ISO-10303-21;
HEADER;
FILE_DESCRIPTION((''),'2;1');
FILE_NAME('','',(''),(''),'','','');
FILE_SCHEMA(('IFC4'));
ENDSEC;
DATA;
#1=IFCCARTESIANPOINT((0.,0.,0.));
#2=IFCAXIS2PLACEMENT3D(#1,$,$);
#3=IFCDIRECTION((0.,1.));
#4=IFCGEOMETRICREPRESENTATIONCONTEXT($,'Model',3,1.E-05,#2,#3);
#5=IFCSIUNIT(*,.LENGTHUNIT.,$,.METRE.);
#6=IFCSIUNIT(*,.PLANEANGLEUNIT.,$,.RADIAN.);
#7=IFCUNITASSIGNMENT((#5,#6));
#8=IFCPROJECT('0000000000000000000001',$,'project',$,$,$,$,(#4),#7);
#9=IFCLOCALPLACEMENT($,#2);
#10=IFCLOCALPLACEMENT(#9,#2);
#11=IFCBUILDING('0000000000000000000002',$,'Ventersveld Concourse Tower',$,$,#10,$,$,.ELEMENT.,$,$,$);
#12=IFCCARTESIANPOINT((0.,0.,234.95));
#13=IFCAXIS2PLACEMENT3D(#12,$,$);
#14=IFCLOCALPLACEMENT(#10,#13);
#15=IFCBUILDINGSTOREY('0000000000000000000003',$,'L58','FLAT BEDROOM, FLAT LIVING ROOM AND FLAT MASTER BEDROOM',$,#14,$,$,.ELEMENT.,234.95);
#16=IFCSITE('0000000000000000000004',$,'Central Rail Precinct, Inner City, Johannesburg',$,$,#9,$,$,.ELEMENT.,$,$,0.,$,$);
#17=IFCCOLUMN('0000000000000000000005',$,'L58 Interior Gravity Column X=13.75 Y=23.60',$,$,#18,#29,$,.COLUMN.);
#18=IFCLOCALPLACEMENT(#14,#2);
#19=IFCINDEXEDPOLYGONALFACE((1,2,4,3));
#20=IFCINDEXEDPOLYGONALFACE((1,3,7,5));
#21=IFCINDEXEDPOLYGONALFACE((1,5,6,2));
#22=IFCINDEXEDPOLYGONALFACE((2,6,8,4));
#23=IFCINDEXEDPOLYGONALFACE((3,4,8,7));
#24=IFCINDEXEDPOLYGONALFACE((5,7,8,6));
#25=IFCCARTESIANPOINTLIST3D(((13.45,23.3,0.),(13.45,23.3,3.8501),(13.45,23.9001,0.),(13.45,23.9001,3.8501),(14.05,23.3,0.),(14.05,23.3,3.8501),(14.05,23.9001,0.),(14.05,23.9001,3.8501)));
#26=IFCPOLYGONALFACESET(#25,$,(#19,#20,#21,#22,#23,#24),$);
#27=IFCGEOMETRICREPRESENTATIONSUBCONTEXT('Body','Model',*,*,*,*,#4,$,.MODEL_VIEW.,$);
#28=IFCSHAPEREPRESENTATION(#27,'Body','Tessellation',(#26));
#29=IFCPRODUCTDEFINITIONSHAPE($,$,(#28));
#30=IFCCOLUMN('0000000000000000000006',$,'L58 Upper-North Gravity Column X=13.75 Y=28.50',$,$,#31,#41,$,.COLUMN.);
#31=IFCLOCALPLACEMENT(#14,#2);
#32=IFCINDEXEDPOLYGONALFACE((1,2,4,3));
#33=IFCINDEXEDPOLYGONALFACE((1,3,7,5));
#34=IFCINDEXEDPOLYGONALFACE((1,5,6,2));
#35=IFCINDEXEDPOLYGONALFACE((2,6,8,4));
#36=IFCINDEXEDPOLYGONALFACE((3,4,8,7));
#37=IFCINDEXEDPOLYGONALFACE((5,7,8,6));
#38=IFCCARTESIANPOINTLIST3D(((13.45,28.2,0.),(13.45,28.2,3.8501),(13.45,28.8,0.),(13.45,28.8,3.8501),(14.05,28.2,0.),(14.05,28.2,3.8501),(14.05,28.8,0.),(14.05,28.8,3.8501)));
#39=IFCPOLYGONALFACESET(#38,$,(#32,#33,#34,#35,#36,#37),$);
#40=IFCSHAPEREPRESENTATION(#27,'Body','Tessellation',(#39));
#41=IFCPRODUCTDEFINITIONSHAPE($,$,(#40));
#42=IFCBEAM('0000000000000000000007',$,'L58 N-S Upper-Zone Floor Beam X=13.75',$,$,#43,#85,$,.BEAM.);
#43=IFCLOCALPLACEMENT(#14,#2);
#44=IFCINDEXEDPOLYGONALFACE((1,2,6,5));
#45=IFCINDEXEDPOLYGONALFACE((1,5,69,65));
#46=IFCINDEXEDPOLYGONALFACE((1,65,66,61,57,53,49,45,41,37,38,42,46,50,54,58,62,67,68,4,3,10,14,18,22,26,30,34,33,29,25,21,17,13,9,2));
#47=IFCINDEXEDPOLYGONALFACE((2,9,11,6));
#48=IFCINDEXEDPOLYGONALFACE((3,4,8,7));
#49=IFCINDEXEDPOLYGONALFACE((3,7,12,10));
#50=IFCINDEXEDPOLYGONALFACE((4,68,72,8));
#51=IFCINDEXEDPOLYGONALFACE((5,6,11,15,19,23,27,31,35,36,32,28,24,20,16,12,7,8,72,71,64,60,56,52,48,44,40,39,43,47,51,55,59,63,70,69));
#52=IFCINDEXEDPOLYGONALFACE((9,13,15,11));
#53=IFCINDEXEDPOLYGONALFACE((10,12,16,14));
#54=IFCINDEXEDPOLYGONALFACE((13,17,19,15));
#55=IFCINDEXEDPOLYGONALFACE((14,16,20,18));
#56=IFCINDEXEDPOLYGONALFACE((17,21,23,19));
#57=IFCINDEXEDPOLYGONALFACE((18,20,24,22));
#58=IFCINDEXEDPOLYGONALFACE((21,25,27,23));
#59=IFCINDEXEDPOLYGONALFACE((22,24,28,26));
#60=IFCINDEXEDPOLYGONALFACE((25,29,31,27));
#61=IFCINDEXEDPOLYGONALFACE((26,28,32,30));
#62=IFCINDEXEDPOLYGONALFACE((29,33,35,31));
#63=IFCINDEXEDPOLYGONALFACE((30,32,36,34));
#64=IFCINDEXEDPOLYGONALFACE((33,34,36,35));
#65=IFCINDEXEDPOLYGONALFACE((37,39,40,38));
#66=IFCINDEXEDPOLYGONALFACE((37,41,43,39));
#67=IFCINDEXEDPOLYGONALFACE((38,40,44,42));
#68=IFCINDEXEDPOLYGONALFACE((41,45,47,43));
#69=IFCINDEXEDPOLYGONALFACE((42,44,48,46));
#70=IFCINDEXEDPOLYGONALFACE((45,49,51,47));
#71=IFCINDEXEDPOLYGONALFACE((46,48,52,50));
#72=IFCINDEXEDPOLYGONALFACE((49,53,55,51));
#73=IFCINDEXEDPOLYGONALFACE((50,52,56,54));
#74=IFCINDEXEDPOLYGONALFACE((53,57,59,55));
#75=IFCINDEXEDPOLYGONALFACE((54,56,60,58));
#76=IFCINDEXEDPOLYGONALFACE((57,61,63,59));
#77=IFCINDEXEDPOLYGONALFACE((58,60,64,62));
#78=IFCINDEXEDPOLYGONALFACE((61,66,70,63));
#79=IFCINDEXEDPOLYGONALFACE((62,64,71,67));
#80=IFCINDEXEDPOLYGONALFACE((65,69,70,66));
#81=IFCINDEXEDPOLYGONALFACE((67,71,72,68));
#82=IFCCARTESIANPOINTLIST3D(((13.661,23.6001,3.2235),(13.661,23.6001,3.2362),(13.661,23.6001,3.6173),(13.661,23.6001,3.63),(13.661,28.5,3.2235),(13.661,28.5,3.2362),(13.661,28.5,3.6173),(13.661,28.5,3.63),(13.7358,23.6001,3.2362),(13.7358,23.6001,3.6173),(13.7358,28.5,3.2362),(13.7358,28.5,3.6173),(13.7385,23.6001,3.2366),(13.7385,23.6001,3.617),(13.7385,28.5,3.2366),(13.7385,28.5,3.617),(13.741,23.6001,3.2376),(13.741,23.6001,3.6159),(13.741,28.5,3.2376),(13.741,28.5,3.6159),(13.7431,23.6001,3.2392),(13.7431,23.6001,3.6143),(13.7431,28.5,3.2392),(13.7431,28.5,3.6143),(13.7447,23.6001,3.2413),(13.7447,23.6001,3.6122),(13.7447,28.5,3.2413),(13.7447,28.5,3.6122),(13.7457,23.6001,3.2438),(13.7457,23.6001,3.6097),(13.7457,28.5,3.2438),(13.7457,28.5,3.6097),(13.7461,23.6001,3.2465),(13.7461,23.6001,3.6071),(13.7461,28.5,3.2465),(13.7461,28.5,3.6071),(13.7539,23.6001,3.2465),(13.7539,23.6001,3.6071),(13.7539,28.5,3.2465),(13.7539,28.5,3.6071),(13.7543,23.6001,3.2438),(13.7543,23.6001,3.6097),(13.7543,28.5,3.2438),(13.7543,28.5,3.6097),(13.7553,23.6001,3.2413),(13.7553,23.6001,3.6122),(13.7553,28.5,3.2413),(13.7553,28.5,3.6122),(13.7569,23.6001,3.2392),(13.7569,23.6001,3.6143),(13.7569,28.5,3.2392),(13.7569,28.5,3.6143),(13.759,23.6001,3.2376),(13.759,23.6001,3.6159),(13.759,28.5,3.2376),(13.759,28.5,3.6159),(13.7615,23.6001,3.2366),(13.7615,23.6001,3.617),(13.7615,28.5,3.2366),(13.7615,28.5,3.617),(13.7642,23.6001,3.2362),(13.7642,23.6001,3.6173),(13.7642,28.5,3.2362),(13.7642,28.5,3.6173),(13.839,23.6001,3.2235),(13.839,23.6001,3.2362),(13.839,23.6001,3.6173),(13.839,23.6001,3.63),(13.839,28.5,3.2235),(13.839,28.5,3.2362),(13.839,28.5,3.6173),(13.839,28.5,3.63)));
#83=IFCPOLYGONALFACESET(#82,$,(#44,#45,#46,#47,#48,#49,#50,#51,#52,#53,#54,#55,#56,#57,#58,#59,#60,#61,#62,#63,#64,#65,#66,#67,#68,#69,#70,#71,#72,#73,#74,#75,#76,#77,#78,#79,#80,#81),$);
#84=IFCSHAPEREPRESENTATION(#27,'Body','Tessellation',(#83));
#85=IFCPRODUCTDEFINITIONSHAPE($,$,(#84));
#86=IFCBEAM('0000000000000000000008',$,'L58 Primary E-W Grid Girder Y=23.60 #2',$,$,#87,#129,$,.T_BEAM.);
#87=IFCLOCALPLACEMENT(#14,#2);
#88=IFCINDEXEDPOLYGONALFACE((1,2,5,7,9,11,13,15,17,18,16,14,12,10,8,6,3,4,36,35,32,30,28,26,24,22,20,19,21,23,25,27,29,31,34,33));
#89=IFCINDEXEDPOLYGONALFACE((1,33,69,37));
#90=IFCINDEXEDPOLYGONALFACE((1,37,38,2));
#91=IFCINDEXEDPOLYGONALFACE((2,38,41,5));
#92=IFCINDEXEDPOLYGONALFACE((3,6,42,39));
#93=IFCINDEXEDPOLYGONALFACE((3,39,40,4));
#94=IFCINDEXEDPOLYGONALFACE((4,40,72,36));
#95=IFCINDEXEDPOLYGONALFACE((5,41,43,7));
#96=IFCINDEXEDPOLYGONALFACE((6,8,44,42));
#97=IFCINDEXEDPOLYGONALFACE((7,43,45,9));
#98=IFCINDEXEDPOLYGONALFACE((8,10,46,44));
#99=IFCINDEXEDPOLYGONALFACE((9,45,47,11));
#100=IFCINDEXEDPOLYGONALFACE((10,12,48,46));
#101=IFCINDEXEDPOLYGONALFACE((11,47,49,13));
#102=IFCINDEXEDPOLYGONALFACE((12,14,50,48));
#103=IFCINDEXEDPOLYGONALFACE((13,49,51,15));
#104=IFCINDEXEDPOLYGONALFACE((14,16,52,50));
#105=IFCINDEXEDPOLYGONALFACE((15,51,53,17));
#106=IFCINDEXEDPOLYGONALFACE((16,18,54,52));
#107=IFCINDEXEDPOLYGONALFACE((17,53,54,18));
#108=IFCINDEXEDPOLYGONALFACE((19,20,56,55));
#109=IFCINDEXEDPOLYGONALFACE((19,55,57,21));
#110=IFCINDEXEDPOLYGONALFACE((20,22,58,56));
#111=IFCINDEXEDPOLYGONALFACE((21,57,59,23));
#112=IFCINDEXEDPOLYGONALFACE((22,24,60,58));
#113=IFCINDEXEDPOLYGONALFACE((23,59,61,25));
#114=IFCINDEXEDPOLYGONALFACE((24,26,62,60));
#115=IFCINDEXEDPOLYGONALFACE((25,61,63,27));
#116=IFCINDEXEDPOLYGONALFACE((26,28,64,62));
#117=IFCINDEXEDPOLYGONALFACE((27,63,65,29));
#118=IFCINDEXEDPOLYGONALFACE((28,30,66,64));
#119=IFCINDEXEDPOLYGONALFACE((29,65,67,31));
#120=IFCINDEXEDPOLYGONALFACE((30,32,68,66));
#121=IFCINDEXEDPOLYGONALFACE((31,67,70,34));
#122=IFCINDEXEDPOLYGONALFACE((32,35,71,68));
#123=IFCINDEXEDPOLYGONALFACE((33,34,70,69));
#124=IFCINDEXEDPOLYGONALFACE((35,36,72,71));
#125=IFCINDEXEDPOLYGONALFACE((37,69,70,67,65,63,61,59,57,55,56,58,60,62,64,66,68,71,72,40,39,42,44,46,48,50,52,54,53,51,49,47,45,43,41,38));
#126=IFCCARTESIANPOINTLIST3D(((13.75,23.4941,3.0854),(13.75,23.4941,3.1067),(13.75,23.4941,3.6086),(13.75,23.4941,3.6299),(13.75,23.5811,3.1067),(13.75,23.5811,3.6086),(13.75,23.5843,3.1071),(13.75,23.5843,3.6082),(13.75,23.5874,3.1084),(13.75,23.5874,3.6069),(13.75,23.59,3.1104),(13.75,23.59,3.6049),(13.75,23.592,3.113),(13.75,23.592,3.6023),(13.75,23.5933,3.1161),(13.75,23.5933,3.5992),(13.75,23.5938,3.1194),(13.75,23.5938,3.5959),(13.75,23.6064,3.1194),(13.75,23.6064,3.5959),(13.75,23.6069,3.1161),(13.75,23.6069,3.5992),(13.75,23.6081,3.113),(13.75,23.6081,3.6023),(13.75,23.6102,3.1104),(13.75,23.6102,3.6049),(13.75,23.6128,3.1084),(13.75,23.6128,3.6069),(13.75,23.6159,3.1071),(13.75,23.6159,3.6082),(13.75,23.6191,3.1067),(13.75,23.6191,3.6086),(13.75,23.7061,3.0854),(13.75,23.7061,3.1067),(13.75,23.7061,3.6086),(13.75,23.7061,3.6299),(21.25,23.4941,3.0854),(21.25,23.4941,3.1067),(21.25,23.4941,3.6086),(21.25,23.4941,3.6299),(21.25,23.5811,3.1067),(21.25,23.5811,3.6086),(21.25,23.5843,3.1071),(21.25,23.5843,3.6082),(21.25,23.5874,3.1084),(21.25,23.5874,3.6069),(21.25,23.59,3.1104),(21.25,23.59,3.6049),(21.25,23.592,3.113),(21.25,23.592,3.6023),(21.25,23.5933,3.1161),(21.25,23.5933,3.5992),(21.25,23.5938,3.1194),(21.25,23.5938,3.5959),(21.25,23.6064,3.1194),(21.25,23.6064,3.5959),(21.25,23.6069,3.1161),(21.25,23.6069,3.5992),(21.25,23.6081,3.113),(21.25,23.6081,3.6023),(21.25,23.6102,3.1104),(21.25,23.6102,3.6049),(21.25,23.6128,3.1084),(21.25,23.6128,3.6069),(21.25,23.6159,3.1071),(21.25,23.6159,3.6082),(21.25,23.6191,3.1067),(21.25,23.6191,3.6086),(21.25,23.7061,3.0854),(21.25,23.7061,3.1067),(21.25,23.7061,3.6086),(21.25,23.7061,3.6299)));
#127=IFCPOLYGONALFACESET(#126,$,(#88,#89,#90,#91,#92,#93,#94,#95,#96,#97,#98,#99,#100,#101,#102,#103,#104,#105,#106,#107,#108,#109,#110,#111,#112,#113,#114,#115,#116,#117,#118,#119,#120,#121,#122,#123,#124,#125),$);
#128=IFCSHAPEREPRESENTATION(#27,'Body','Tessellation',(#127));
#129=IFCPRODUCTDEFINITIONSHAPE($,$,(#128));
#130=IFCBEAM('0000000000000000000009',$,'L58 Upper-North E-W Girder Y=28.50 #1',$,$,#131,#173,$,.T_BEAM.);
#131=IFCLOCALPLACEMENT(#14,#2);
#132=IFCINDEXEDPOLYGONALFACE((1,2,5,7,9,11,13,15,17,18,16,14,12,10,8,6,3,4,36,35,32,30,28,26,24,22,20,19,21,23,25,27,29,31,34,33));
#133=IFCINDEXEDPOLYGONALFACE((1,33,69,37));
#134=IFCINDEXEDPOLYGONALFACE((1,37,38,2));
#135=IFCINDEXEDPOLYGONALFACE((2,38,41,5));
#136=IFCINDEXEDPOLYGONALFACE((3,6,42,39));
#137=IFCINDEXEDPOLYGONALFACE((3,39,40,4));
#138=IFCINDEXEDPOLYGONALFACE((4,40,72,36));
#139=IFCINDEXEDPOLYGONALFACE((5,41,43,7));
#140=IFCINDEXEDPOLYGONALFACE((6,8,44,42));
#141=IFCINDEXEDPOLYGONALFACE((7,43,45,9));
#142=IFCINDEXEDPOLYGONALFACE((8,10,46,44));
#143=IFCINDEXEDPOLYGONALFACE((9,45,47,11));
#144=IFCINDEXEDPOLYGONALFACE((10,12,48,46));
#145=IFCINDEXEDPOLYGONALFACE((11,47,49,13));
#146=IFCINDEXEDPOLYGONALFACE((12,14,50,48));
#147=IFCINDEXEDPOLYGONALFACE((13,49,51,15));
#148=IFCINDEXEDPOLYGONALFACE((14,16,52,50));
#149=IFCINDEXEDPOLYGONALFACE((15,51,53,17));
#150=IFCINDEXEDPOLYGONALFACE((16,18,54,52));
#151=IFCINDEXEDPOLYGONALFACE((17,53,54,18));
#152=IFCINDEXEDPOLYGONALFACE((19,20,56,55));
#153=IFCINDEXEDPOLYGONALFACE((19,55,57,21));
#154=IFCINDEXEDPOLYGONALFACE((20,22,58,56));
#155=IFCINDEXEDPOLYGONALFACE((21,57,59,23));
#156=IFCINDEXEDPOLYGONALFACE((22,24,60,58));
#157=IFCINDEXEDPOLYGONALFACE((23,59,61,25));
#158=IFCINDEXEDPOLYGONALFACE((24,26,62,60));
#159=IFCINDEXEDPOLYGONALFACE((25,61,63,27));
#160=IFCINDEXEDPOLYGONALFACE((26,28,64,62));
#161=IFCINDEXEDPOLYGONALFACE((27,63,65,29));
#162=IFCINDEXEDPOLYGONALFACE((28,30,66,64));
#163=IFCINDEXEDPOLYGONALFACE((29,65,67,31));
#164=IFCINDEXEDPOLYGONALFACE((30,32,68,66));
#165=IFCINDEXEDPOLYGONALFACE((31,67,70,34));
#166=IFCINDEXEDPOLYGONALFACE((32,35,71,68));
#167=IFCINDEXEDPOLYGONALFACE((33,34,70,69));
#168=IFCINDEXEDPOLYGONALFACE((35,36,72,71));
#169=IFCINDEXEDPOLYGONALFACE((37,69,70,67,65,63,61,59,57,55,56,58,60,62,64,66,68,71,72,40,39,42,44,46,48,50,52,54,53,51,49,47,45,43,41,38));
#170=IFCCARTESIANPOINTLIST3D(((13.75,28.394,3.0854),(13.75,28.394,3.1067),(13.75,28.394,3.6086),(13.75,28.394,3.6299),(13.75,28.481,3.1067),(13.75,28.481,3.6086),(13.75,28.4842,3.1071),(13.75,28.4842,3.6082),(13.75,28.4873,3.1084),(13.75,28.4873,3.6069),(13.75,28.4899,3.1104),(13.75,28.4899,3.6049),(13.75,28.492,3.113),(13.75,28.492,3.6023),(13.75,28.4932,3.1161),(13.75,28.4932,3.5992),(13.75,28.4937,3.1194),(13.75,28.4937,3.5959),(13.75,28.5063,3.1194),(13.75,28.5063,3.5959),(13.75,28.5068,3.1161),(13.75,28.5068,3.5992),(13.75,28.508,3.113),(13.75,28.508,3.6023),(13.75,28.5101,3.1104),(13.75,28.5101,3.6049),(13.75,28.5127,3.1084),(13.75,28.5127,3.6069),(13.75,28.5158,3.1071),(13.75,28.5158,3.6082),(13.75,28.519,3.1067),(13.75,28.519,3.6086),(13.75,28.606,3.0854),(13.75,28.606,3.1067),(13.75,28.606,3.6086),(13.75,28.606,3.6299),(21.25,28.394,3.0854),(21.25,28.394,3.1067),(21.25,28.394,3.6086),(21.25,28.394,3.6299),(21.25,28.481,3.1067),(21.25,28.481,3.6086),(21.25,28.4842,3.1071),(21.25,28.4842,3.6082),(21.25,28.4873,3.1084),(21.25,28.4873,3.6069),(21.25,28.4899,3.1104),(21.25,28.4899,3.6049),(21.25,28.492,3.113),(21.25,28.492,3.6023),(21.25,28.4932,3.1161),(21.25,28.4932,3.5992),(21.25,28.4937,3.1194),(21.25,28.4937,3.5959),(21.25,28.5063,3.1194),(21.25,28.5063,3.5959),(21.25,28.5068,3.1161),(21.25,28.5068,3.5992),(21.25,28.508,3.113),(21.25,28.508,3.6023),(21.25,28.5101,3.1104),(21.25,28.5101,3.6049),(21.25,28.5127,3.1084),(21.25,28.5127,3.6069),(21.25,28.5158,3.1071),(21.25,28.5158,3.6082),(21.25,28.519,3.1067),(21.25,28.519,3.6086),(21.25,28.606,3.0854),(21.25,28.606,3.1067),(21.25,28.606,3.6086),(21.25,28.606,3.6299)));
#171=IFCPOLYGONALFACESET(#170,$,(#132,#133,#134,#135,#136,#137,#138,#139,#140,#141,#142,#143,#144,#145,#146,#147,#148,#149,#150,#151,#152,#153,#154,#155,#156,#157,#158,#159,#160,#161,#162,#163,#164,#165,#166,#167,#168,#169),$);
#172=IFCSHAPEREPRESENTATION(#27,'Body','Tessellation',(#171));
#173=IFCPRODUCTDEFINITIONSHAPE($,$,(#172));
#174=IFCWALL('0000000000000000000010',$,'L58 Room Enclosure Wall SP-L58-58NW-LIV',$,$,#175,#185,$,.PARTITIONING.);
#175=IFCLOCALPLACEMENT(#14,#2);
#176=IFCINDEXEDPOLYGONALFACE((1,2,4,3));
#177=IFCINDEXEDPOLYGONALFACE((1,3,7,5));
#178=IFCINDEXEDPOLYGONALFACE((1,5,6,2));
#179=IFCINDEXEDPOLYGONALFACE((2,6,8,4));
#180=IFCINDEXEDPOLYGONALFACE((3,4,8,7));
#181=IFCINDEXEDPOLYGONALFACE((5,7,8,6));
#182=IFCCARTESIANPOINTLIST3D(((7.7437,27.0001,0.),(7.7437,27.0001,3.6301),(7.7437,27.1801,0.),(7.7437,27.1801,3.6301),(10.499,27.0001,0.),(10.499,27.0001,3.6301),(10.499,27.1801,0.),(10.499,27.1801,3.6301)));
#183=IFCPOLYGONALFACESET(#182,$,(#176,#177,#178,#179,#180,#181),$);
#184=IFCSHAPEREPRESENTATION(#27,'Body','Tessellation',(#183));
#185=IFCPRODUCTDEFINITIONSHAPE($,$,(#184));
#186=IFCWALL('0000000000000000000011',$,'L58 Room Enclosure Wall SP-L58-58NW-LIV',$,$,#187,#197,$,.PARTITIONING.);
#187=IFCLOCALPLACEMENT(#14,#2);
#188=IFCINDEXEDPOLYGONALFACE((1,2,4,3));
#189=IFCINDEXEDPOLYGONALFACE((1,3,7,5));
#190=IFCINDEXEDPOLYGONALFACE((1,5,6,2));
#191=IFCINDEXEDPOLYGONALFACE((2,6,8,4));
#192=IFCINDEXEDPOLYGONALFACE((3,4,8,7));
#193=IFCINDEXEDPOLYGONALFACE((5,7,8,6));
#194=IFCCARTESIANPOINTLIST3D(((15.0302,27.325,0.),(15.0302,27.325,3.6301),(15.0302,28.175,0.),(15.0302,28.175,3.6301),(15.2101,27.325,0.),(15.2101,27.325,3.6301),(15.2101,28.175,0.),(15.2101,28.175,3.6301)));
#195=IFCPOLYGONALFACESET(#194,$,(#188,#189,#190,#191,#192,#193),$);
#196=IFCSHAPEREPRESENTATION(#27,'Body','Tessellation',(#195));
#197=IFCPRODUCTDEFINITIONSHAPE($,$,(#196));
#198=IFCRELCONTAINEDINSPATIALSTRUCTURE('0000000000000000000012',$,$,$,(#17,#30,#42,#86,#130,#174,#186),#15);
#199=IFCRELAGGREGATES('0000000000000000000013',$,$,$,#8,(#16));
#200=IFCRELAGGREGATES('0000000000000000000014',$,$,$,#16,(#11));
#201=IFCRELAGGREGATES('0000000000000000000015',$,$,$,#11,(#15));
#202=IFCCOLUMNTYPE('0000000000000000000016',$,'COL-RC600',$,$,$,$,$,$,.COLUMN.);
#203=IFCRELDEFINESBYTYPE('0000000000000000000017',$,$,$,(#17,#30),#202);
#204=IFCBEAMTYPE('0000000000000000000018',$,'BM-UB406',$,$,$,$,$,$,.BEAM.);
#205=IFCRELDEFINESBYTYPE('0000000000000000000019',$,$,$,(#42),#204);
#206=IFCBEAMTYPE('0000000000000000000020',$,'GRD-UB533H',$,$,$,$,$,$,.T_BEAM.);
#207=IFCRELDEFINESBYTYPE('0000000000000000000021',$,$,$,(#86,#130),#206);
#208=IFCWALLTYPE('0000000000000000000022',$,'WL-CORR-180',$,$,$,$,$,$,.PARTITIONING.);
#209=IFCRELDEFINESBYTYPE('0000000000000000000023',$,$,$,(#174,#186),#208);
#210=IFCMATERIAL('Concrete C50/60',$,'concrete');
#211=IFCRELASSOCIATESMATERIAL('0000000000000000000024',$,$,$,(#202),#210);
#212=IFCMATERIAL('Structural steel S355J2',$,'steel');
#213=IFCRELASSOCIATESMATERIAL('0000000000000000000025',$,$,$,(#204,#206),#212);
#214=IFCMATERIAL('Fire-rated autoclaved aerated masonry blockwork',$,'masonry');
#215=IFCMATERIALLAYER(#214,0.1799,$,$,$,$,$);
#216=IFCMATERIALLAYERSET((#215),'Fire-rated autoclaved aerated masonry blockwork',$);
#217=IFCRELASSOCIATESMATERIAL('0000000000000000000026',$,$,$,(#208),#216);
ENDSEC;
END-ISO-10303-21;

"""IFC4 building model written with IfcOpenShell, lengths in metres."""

from ifc_helpers import new_model, si_unit, direction, frame, frame_2d, origin, origin_2d, place, context, subcontext, project, spatial, rectangle, i_section, extrude, material, layer, layer_set, material_profile, profile_set, type_object, element, save


model = new_model("IFC4")

# Units and contexts
model_context = context("Model", 3, precision=1e-05, world=origin(), true_north=direction((0.0, 1.0)))
body_context = subcontext(model_context, "Body", "Model", "MODEL_VIEW")
ifc_project = project(units=[si_unit("LENGTHUNIT", "METRE"), si_unit("PLANEANGLEUNIT", "RADIAN")], contexts=[model_context])

# Site, building, storey
site_placement = place(None, origin())
site = spatial("IfcSite", under=ifc_project, at=site_placement, Name="Central Rail Precinct, Inner City, Johannesburg", CompositionType="ELEMENT", RefElevation=0.0)
building_placement = place(site_placement, origin())
building = spatial("IfcBuilding", under=site, at=building_placement, Name="Ventersveld Concourse Tower", CompositionType="ELEMENT")
storey_placement = place(building_placement, frame((0.0, 0.0, 234.95)))
storey = spatial("IfcBuildingStorey", under=building, at=storey_placement, Name="L58", Description="FLAT BEDROOM, FLAT LIVING ROOM AND FLAT MASTER BEDROOM", CompositionType="ELEMENT", Elevation=234.95)

# Columns
ifc_material_1 = material(Name="Concrete C50/60", Category="concrete")
ifc_material_profile_1 = material_profile(ifc_material_1, rectangle(XDim=0.6001, YDim=0.6001, at=origin_2d()), Name="RC 600x600")
ifc_profile_set_1 = profile_set([ifc_material_profile_1], Name="Concrete C50/60")
column_type = type_object("IfcColumnType", Name="COL-RC600", PredefinedType="COLUMN", material=ifc_profile_set_1)
for number, where, z_axis, x_axis, name in (
    (1, (13.75, 23.6001, 0.0), (0.0, 0.0, 1.0), (1.0, 0.0, 0.0), "L58 Interior Gravity Column X=13.75 Y=23.60"),
    (2, (13.75, 28.5, 0.0), (0.0, 0.0, 1.0), (1.0, 0.0, 0.0), "L58 Upper-North Gravity Column X=13.75 Y=28.50"),
):
    element("IfcColumn", number, at=place(storey_placement, frame(where, z_axis=z_axis, x_axis=x_axis)), inside=storey, type_object=column_type, Name=name, PredefinedType="COLUMN", context=body_context, shape_type="SweptSolid", body=[
        extrude(rectangle(XDim=0.6001, YDim=0.6001, at=origin_2d()), origin(), (0.0, 0.0, 1.0), 3.8501),
    ])

# Beams
ifc_material_2 = material(Name="Structural steel S355J2", Category="steel")
ifc_material_profile_2 = material_profile(ifc_material_2, i_section(OverallWidth=0.178, OverallDepth=0.4065, WebThickness=0.0078, FlangeThickness=0.0127, FilletRadius=0.0103, at=origin_2d()), Name="UB 406x178x60")
ifc_profile_set_2 = profile_set([ifc_material_profile_2], Name="Structural steel S355J2")
beam_type_1 = type_object("IfcBeamType", Name="BM-UB406", PredefinedType="BEAM", material=ifc_profile_set_2)
beam_placement = place(storey_placement, frame((13.75, 23.6001, 3.4268), z_axis=(0.0, 1.0, 0.0), x_axis=(-1.0, 0.0, 0.0)))
element("IfcBeam", 3, at=beam_placement, inside=storey, type_object=beam_type_1, Name="L58 N-S Upper-Zone Floor Beam X=13.75", PredefinedType="BEAM", context=body_context, shape_type="SweptSolid", body=[
    extrude(i_section(OverallWidth=0.178, OverallDepth=0.4065, WebThickness=0.0078, FlangeThickness=0.0127, FilletRadius=0.0103, at=origin_2d()), origin(), (0.0, 0.0, 1.0), 4.8999),
])
ifc_material_profile_3 = material_profile(ifc_material_2, i_section(OverallWidth=0.2119, OverallDepth=0.5444, WebThickness=0.0127, FlangeThickness=0.0212, FilletRadius=0.0127, at=origin_2d()), Name="UB 533x210x122")
ifc_profile_set_3 = profile_set([ifc_material_profile_3], Name="Structural steel S355J2")
beam_type_2 = type_object("IfcBeamType", Name="GRD-UB533H", PredefinedType="T_BEAM", material=ifc_profile_set_3)
for number, where, z_axis, x_axis, name in (
    (4, (13.75, 23.6001, 3.3577), (1.0, 0.0, 0.0), (0.0, 1.0, 0.0), "L58 Primary E-W Grid Girder Y=23.60 #2"),
    (5, (13.75, 28.5, 3.3577), (1.0, 0.0, 0.0), (0.0, 1.0, 0.0), "L58 Upper-North E-W Girder Y=28.50 #1"),
):
    element("IfcBeam", number, at=place(storey_placement, frame(where, z_axis=z_axis, x_axis=x_axis)), inside=storey, type_object=beam_type_2, Name=name, PredefinedType="T_BEAM", context=body_context, shape_type="SweptSolid", body=[
        extrude(i_section(OverallWidth=0.2119, OverallDepth=0.5444, WebThickness=0.0127, FlangeThickness=0.0212, FilletRadius=0.0127, at=origin_2d()), origin(), (0.0, 0.0, 1.0), 7.5),
    ])

# Walls
ifc_material_3 = material(Name="Fire-rated autoclaved aerated masonry blockwork", Category="masonry")
ifc_layer_1 = layer(ifc_material_3, 0.1799)
ifc_layer_set_1 = layer_set([ifc_layer_1], Name="Fire-rated autoclaved aerated masonry blockwork")
wall_type_1 = type_object("IfcWallType", Name="WL-CORR-180", PredefinedType="PARTITIONING", material=ifc_layer_set_1)
wall_1_placement = place(storey_placement, frame((10.499, 27.0901, 0.0), z_axis=(0.0, 0.0, 1.0), x_axis=(-1.0, 0.0, 0.0)))
element("IfcWall", 6, at=wall_1_placement, inside=storey, type_object=wall_type_1, Name="L58 Room Enclosure Wall SP-L58-58NW-LIV", PredefinedType="PARTITIONING", context=body_context, shape_type="SweptSolid", body=[
    extrude(rectangle(XDim=2.7554, YDim=0.1799, at=frame_2d((1.3777, 0.0))), origin(), (0.0, 0.0, 1.0), 3.6301),
])
wall_2_placement = place(storey_placement, frame((15.1201, 28.175, 0.0), z_axis=(0.0, 0.0, 1.0), x_axis=(0.0, -1.0, 0.0)))
element("IfcWall", 7, at=wall_2_placement, inside=storey, type_object=wall_type_1, Name="L58 Room Enclosure Wall SP-L58-58NW-LIV", PredefinedType="PARTITIONING", context=body_context, shape_type="SweptSolid", body=[
    extrude(rectangle(XDim=0.8501, YDim=0.1799, at=frame_2d((0.425, 0.0))), origin(), (0.0, 0.0, 1.0), 3.6301),
])

save(model, "model.ifc")
